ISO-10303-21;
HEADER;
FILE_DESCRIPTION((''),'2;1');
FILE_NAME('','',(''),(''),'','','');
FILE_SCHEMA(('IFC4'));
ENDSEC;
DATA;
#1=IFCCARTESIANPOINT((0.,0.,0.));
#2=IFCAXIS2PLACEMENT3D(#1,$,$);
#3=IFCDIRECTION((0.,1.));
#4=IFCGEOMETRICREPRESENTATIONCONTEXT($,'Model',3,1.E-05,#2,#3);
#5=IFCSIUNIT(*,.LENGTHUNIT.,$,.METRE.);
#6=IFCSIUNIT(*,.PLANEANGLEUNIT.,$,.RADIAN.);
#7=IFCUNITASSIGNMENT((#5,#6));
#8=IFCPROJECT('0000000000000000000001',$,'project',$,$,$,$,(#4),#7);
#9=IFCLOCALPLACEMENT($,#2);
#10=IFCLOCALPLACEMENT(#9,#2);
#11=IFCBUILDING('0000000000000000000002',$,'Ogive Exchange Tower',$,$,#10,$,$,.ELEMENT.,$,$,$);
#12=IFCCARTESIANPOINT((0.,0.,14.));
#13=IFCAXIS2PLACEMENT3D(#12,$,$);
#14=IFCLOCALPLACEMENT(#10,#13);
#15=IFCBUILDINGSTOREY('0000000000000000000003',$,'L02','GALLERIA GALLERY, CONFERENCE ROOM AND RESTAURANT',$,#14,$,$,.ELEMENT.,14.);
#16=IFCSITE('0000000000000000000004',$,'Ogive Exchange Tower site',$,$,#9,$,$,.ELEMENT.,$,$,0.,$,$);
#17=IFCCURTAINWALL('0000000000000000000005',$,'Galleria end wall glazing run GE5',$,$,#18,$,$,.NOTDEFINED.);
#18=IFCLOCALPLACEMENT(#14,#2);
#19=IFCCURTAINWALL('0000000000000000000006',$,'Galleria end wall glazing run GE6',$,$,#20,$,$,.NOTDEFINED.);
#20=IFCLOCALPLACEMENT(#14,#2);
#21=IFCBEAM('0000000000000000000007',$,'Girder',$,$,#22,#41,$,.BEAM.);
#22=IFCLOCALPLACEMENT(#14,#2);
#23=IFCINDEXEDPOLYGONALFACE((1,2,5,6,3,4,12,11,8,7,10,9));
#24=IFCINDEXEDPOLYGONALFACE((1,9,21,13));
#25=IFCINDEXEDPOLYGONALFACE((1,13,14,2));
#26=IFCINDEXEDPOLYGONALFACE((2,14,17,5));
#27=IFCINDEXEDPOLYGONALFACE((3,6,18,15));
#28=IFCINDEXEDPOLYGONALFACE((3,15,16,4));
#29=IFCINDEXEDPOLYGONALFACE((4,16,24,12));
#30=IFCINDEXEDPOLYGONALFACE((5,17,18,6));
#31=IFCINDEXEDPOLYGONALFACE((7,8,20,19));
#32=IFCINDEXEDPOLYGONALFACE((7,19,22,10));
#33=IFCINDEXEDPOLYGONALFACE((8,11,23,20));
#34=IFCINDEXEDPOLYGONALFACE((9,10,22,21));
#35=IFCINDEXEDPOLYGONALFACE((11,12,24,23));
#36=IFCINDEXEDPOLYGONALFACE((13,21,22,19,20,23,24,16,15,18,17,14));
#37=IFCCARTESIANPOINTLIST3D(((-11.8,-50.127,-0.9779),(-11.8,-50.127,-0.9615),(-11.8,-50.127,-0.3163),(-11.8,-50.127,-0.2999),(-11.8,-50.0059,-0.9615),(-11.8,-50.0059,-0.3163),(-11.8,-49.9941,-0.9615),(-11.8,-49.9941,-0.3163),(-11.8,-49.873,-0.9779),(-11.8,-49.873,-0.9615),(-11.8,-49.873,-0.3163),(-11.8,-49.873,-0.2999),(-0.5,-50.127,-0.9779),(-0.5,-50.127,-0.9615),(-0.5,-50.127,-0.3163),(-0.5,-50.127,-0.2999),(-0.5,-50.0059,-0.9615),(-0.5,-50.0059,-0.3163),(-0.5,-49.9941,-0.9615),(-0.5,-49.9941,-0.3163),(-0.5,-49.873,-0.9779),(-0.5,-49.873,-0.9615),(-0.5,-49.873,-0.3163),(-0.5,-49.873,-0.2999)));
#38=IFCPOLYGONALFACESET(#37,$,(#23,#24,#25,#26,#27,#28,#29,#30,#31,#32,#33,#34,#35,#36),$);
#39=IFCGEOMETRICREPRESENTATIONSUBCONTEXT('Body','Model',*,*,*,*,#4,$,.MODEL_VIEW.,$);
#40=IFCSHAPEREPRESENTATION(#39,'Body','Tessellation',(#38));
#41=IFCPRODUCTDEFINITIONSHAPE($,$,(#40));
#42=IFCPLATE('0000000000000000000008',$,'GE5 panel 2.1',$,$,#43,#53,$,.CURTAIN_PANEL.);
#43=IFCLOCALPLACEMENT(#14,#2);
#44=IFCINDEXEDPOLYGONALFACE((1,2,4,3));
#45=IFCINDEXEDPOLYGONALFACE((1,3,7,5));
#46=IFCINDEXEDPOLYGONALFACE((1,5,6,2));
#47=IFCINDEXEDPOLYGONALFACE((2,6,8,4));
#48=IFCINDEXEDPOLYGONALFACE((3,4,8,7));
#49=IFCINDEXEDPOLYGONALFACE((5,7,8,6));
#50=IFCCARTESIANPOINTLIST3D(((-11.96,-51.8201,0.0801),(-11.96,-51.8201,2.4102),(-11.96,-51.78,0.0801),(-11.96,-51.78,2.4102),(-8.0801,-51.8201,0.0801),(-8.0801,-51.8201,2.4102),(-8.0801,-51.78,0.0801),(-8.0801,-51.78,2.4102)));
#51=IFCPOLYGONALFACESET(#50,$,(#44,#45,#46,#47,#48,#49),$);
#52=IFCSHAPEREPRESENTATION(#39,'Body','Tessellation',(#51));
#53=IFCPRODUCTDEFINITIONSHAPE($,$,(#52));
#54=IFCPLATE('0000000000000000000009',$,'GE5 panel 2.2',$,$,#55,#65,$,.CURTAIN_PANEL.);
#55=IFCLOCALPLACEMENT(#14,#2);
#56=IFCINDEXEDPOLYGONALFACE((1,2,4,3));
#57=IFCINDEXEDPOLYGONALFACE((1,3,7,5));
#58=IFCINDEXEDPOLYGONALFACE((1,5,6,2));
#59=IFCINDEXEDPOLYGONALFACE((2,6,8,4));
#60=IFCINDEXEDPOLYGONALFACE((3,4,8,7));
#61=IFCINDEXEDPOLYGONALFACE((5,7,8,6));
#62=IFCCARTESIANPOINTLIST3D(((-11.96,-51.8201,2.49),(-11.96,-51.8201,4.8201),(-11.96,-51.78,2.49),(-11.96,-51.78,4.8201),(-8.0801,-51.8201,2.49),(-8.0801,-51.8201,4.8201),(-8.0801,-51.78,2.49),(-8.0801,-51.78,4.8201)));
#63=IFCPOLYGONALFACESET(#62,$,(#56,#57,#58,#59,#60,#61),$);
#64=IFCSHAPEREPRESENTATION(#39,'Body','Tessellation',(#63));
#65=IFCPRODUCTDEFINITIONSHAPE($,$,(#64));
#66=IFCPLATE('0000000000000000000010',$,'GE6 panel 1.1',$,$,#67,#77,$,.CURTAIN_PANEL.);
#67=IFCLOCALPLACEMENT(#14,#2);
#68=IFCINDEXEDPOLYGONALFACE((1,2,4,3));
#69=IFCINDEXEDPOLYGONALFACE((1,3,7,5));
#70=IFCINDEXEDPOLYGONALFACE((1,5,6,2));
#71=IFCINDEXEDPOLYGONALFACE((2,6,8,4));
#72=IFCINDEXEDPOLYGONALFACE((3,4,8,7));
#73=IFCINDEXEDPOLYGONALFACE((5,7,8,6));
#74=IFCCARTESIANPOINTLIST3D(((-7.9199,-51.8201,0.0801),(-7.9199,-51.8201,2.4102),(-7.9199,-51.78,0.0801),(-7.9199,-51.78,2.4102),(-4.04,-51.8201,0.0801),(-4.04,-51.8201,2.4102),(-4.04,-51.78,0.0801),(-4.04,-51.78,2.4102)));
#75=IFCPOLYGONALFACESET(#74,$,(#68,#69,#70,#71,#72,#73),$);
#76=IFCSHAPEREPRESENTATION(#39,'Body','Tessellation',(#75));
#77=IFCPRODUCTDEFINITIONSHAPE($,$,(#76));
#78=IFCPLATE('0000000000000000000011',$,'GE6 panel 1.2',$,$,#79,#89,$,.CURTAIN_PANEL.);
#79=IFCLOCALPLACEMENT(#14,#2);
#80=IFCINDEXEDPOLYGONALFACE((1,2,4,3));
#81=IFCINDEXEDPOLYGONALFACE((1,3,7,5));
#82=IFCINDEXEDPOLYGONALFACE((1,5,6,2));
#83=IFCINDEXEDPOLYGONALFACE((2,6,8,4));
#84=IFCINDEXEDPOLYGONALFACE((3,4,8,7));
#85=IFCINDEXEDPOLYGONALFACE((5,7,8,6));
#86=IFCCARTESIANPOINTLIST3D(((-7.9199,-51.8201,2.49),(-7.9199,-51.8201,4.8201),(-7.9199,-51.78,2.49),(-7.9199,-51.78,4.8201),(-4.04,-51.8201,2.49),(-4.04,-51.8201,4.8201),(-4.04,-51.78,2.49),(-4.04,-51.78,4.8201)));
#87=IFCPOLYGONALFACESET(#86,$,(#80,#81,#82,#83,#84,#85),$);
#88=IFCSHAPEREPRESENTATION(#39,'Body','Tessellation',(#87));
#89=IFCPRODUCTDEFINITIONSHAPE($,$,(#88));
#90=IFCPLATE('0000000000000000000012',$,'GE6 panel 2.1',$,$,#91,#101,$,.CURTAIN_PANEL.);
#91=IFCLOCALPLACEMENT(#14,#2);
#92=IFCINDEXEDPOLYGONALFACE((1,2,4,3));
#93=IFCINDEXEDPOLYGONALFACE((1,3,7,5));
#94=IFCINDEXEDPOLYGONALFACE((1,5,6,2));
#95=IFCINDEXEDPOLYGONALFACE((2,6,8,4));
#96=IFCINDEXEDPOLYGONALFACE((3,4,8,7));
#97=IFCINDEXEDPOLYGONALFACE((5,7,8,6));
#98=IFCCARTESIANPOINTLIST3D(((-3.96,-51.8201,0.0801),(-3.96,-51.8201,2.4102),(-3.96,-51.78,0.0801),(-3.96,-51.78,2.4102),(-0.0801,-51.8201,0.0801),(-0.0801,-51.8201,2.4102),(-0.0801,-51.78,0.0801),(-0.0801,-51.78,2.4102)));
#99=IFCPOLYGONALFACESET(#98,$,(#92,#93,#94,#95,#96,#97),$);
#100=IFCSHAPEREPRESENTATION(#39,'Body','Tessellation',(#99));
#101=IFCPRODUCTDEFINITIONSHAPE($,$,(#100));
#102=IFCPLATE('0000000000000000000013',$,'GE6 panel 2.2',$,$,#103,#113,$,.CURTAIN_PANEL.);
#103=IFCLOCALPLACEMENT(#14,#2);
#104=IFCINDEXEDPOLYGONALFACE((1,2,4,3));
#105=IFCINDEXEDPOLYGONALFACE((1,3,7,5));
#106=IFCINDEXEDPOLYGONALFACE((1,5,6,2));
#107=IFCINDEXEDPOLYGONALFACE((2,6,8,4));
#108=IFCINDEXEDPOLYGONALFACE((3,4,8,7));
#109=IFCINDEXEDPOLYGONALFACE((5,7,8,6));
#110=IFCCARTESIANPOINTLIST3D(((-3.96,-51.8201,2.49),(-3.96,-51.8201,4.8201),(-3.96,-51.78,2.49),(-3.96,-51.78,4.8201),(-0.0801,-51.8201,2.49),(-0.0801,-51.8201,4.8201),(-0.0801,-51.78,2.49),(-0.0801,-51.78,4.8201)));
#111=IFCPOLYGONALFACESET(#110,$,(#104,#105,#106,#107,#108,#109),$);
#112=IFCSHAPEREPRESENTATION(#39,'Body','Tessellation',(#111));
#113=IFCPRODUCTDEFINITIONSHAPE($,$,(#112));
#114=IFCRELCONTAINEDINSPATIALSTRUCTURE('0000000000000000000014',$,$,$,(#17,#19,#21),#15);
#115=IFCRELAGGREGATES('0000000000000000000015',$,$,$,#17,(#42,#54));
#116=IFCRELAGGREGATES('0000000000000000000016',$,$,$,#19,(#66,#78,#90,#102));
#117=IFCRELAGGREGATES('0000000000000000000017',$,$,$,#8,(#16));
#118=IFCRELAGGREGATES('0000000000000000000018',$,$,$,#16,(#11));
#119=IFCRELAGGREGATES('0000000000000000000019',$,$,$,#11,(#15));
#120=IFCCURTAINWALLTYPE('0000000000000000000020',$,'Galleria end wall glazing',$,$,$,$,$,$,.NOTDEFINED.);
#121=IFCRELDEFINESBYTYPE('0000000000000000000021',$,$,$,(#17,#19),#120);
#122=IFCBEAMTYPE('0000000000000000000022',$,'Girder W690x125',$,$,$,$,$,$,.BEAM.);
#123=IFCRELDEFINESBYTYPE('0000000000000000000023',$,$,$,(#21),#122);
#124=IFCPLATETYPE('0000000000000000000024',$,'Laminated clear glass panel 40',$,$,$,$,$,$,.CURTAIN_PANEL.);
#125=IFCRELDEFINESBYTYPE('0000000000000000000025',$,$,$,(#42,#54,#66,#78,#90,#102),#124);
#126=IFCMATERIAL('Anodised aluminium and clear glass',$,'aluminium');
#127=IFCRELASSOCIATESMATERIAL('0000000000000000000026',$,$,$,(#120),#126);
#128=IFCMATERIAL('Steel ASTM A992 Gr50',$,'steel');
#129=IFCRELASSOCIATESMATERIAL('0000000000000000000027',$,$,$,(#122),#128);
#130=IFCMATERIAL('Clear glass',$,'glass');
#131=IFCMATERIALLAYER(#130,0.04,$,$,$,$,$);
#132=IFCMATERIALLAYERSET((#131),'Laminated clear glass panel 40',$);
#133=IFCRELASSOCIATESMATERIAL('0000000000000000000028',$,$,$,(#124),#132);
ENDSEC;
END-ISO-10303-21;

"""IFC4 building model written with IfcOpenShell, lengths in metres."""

from ifc_helpers import new_model, si_unit, direction, frame, origin, origin_2d, place, context, subcontext, project, spatial, rectangle, i_section, extrude, material, layer, layer_set, material_profile, profile_set, type_object, element, aggregate, save


model = new_model("IFC4")

# Units and contexts
model_context = context("Model", 3, precision=1e-05, world=origin(), true_north=direction((0.0, 1.0)))
body_context = subcontext(model_context, "Body", "Model", "MODEL_VIEW")
ifc_project = project(units=[si_unit("LENGTHUNIT", "METRE"), si_unit("PLANEANGLEUNIT", "RADIAN")], contexts=[model_context])

# Site, building, storey
site_placement = place(None, origin())
site = spatial("IfcSite", under=ifc_project, at=site_placement, Name="Ogive Exchange Tower site", CompositionType="ELEMENT", RefElevation=0.0)
building_placement = place(site_placement, origin())
building = spatial("IfcBuilding", under=site, at=building_placement, Name="Ogive Exchange Tower", CompositionType="ELEMENT")
storey_placement = place(building_placement, frame((0.0, 0.0, 14.0)))
storey = spatial("IfcBuildingStorey", under=building, at=storey_placement, Name="L02", Description="GALLERIA GALLERY, CONFERENCE ROOM AND RESTAURANT", CompositionType="ELEMENT", Elevation=14.0)

# Curtain wall
ifc_material_1 = material(Name="Anodised aluminium and clear glass", Category="aluminium")
curtain_wall_type = type_object("IfcCurtainWallType", Name="Galleria end wall glazing", PredefinedType="NOTDEFINED", material=ifc_material_1)
curtain_wall_1_placement = place(storey_placement, origin())
curtain_wall_1 = element("IfcCurtainWall", 1, at=curtain_wall_1_placement, inside=storey, type_object=curtain_wall_type, Name="Galleria end wall glazing run GE5", PredefinedType="NOTDEFINED")

# Curtain wall
curtain_wall_2_placement = place(storey_placement, origin())
curtain_wall_2 = element("IfcCurtainWall", 2, at=curtain_wall_2_placement, inside=storey, type_object=curtain_wall_type, Name="Galleria end wall glazing run GE6", PredefinedType="NOTDEFINED")

# Beam
ifc_material_2 = material(Name="Steel ASTM A992 Gr50", Category="steel")
ifc_material_profile_1 = material_profile(ifc_material_2, i_section(OverallWidth=0.2539, OverallDepth=0.678, WebThickness=0.0117, FlangeThickness=0.0164, at=origin_2d()), Name="W690x125")
ifc_profile_set_1 = profile_set([ifc_material_profile_1], Name="Steel ASTM A992 Gr50")
beam_type = type_object("IfcBeamType", Name="Girder W690x125", PredefinedType="BEAM", material=ifc_profile_set_1)
beam_placement = place(storey_placement, frame((-11.8, -50.0, -0.6389), z_axis=(1.0, 0.0, 0.0), x_axis=(0.0, 1.0, 0.0)))
element("IfcBeam", 3, at=beam_placement, inside=storey, type_object=beam_type, Name="Girder", PredefinedType="BEAM", context=body_context, shape_type="SweptSolid", body=[
    extrude(i_section(OverallWidth=0.2539, OverallDepth=0.678, WebThickness=0.0117, FlangeThickness=0.0164, at=origin_2d()), origin(), (0.0, 0.0, 1.0), 11.3),
])

# Plates
ifc_material_3 = material(Name="Clear glass", Category="glass")
ifc_layer = layer(ifc_material_3, 0.04)
ifc_layer_set = layer_set([ifc_layer], Name="Laminated clear glass panel 40")
plate_type = type_object("IfcPlateType", Name="Laminated clear glass panel 40", PredefinedType="CURTAIN_PANEL", material=ifc_layer_set)
plate_1_placement = place(storey_placement, frame((-10.02, -51.8, 0.0801), z_axis=(0.0, 0.0, 1.0), x_axis=(1.0, 0.0, 0.0)))
plate_1 = element("IfcPlate", 4, at=plate_1_placement, type_object=plate_type, Name="GE5 panel 2.1", PredefinedType="CURTAIN_PANEL", context=body_context, shape_type="SweptSolid", body=[
    extrude(rectangle(XDim=3.8799, YDim=0.04, at=origin_2d()), origin(), (0.0, 0.0, 1.0), 2.3301),
])
plate_2_placement = place(storey_placement, frame((-10.02, -51.8, 2.49), z_axis=(0.0, 0.0, 1.0), x_axis=(1.0, 0.0, 0.0)))
plate_2 = element("IfcPlate", 5, at=plate_2_placement, type_object=plate_type, Name="GE5 panel 2.2", PredefinedType="CURTAIN_PANEL", context=body_context, shape_type="SweptSolid", body=[
    extrude(rectangle(XDim=3.8799, YDim=0.04, at=origin_2d()), origin(), (0.0, 0.0, 1.0), 2.3301),
])
aggregate(curtain_wall_1, [plate_1, plate_2])
plate_3_placement = place(storey_placement, frame((-5.98, -51.8, 0.0801), z_axis=(0.0, 0.0, 1.0), x_axis=(1.0, 0.0, 0.0)))
plate_3 = element("IfcPlate", 6, at=plate_3_placement, type_object=plate_type, Name="GE6 panel 1.1", PredefinedType="CURTAIN_PANEL", context=body_context, shape_type="SweptSolid", body=[
    extrude(rectangle(XDim=3.8799, YDim=0.04, at=origin_2d()), origin(), (0.0, 0.0, 1.0), 2.3301),
])
plate_4_placement = place(storey_placement, frame((-5.98, -51.8, 2.49), z_axis=(0.0, 0.0, 1.0), x_axis=(1.0, 0.0, 0.0)))
plate_4 = element("IfcPlate", 7, at=plate_4_placement, type_object=plate_type, Name="GE6 panel 1.2", PredefinedType="CURTAIN_PANEL", context=body_context, shape_type="SweptSolid", body=[
    extrude(rectangle(XDim=3.8799, YDim=0.04, at=origin_2d()), origin(), (0.0, 0.0, 1.0), 2.3301),
])
plate_5_placement = place(storey_placement, frame((-2.02, -51.8, 0.0801), z_axis=(0.0, 0.0, 1.0), x_axis=(1.0, 0.0, 0.0)))
plate_5 = element("IfcPlate", 8, at=plate_5_placement, type_object=plate_type, Name="GE6 panel 2.1", PredefinedType="CURTAIN_PANEL", context=body_context, shape_type="SweptSolid", body=[
    extrude(rectangle(XDim=3.8799, YDim=0.04, at=origin_2d()), origin(), (0.0, 0.0, 1.0), 2.3301),
])
plate_6_placement = place(storey_placement, frame((-2.02, -51.8, 2.49), z_axis=(0.0, 0.0, 1.0), x_axis=(1.0, 0.0, 0.0)))
plate_6 = element("IfcPlate", 9, at=plate_6_placement, type_object=plate_type, Name="GE6 panel 2.2", PredefinedType="CURTAIN_PANEL", context=body_context, shape_type="SweptSolid", body=[
    extrude(rectangle(XDim=3.8799, YDim=0.04, at=origin_2d()), origin(), (0.0, 0.0, 1.0), 2.3301),
])
aggregate(curtain_wall_2, [plate_3, plate_4, plate_5, plate_6])

save(model, "model.ifc")
